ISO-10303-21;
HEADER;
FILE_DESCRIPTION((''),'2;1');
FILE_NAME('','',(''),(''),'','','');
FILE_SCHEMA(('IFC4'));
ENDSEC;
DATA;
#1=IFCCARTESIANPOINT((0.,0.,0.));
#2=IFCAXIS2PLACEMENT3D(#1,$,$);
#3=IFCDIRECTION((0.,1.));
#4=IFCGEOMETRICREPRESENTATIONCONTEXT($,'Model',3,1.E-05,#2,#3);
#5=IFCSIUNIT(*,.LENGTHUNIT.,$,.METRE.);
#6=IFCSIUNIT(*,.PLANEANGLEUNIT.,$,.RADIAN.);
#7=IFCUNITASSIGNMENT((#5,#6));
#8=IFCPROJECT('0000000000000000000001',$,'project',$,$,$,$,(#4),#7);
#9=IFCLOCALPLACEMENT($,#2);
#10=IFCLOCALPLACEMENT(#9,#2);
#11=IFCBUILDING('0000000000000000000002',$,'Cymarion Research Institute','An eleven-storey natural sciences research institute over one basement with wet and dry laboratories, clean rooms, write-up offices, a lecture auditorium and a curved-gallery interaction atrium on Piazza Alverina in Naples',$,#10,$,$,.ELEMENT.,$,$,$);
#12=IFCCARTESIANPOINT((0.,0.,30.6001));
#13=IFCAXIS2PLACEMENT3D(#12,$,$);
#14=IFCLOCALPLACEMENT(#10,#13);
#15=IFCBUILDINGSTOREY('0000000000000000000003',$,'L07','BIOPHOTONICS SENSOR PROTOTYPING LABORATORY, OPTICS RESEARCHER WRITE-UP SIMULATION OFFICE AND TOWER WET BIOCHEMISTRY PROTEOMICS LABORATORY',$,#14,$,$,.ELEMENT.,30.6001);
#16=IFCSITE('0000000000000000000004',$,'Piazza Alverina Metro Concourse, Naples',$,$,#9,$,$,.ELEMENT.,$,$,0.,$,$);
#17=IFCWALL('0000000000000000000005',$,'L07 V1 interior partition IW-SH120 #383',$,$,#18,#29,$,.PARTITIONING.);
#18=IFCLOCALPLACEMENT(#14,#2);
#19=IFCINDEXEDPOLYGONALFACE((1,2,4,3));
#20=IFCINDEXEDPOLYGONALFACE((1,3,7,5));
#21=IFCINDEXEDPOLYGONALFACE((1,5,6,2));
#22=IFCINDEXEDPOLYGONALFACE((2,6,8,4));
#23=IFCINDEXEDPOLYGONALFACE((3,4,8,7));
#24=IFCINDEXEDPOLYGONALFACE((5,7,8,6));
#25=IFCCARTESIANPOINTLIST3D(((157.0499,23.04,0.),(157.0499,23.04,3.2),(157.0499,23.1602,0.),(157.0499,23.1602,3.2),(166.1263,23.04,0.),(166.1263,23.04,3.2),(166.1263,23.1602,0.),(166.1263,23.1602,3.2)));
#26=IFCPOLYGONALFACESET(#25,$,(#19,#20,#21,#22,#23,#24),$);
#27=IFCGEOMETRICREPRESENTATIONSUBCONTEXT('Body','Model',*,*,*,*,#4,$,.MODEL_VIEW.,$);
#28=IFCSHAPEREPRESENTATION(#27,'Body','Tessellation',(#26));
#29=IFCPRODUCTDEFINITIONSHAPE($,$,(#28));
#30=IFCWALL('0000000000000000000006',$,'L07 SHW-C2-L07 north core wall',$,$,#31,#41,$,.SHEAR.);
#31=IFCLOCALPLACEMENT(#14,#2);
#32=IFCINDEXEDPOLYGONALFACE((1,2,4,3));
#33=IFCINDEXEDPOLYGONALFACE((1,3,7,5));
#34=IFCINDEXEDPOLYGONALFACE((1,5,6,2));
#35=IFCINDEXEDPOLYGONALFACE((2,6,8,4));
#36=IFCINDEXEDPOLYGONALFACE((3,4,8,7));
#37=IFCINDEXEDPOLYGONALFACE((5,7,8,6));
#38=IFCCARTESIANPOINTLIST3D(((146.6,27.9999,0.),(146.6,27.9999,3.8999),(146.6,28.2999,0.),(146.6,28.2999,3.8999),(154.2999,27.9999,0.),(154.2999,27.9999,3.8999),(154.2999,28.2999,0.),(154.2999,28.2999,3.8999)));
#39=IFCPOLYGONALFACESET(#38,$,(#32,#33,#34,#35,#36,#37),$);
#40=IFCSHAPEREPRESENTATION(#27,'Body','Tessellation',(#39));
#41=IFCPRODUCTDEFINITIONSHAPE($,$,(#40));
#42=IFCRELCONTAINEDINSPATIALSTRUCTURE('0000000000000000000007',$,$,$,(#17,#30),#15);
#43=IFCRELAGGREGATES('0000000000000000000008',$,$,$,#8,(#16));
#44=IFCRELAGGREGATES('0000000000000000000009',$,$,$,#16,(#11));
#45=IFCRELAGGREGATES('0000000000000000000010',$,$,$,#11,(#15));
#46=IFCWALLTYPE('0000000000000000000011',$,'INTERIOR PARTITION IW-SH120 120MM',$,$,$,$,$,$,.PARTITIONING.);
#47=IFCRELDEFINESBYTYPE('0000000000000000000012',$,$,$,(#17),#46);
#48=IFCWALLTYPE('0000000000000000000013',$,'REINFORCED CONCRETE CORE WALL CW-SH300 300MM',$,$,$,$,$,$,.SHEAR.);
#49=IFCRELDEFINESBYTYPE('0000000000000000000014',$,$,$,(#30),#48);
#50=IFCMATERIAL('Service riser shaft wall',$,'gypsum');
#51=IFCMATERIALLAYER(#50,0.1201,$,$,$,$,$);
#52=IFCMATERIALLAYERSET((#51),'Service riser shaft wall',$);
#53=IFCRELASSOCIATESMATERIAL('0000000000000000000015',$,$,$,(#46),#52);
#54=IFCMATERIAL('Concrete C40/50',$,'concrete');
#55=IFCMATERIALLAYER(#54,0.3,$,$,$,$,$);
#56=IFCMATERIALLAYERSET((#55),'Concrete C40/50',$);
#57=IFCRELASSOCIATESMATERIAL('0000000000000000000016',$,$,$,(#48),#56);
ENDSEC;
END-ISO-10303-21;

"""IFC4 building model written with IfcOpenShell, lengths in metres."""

from ifc_helpers import new_model, si_unit, direction, frame, frame_2d, origin, place, context, subcontext, project, spatial, rectangle, extrude, material, layer, layer_set, type_object, element, save


model = new_model("IFC4")

# Units and contexts
model_context = context("Model", 3, precision=1e-05, world=origin(), true_north=direction((0.0, 1.0)))
body_context = subcontext(model_context, "Body", "Model", "MODEL_VIEW")
ifc_project = project(units=[si_unit("LENGTHUNIT", "METRE"), si_unit("PLANEANGLEUNIT", "RADIAN")], contexts=[model_context])

# Site, building, storey
site_placement = place(None, origin())
site = spatial("IfcSite", under=ifc_project, at=site_placement, Name="Piazza Alverina Metro Concourse, Naples", CompositionType="ELEMENT", RefElevation=0.0)
building_placement = place(site_placement, origin())
building = spatial("IfcBuilding", under=site, at=building_placement, Name="Cymarion Research Institute", Description="An eleven-storey natural sciences research institute over one basement with wet and dry laboratories, clean rooms, write-up offices, a lecture auditorium and a curved-gallery interaction atrium on Piazza Alverina in Naples", CompositionType="ELEMENT")
storey_placement = place(building_placement, frame((0.0, 0.0, 30.6001)))
storey = spatial("IfcBuildingStorey", under=building, at=storey_placement, Name="L07", Description="BIOPHOTONICS SENSOR PROTOTYPING LABORATORY, OPTICS RESEARCHER WRITE-UP SIMULATION OFFICE AND TOWER WET BIOCHEMISTRY PROTEOMICS LABORATORY", CompositionType="ELEMENT", Elevation=30.6001)

# Walls
ifc_material_1 = material(Name="Service riser shaft wall", Category="gypsum")
ifc_layer_1 = layer(ifc_material_1, 0.1201)
ifc_layer_set_1 = layer_set([ifc_layer_1], Name="Service riser shaft wall")
wall_type_1 = type_object("IfcWallType", Name="INTERIOR PARTITION IW-SH120 120MM", PredefinedType="PARTITIONING", material=ifc_layer_set_1)
wall_1_placement = place(storey_placement, frame((157.05, 23.1001, 0.0), z_axis=(0.0, 0.0, 1.0), x_axis=(1.0, 0.0, 0.0)))
element("IfcWall", 1, at=wall_1_placement, inside=storey, type_object=wall_type_1, Name="L07 V1 interior partition IW-SH120 #383", PredefinedType="PARTITIONING", context=body_context, shape_type="SweptSolid", body=[
    extrude(rectangle(XDim=9.0764, YDim=0.1201, at=frame_2d((4.5381, 0.0))), origin(), (0.0, 0.0, 1.0), 3.2),
])
ifc_material_2 = material(Name="Concrete C40/50", Category="concrete")
ifc_layer_2 = layer(ifc_material_2, 0.3)
ifc_layer_set_2 = layer_set([ifc_layer_2], Name="Concrete C40/50")
wall_type_2 = type_object("IfcWallType", Name="REINFORCED CONCRETE CORE WALL CW-SH300 300MM", PredefinedType="SHEAR", material=ifc_layer_set_2)
wall_2_placement = place(storey_placement, frame((154.3, 28.1499, 0.0), z_axis=(0.0, 0.0, 1.0), x_axis=(-1.0, 0.0, 0.0)))
element("IfcWall", 2, at=wall_2_placement, inside=storey, type_object=wall_type_2, Name="L07 SHW-C2-L07 north core wall", PredefinedType="SHEAR", context=body_context, shape_type="SweptSolid", body=[
    extrude(rectangle(XDim=7.7, YDim=0.3, at=frame_2d((3.8501, 0.0))), origin(), (0.0, 0.0, 1.0), 3.8999),
])

save(model, "model.ifc")
